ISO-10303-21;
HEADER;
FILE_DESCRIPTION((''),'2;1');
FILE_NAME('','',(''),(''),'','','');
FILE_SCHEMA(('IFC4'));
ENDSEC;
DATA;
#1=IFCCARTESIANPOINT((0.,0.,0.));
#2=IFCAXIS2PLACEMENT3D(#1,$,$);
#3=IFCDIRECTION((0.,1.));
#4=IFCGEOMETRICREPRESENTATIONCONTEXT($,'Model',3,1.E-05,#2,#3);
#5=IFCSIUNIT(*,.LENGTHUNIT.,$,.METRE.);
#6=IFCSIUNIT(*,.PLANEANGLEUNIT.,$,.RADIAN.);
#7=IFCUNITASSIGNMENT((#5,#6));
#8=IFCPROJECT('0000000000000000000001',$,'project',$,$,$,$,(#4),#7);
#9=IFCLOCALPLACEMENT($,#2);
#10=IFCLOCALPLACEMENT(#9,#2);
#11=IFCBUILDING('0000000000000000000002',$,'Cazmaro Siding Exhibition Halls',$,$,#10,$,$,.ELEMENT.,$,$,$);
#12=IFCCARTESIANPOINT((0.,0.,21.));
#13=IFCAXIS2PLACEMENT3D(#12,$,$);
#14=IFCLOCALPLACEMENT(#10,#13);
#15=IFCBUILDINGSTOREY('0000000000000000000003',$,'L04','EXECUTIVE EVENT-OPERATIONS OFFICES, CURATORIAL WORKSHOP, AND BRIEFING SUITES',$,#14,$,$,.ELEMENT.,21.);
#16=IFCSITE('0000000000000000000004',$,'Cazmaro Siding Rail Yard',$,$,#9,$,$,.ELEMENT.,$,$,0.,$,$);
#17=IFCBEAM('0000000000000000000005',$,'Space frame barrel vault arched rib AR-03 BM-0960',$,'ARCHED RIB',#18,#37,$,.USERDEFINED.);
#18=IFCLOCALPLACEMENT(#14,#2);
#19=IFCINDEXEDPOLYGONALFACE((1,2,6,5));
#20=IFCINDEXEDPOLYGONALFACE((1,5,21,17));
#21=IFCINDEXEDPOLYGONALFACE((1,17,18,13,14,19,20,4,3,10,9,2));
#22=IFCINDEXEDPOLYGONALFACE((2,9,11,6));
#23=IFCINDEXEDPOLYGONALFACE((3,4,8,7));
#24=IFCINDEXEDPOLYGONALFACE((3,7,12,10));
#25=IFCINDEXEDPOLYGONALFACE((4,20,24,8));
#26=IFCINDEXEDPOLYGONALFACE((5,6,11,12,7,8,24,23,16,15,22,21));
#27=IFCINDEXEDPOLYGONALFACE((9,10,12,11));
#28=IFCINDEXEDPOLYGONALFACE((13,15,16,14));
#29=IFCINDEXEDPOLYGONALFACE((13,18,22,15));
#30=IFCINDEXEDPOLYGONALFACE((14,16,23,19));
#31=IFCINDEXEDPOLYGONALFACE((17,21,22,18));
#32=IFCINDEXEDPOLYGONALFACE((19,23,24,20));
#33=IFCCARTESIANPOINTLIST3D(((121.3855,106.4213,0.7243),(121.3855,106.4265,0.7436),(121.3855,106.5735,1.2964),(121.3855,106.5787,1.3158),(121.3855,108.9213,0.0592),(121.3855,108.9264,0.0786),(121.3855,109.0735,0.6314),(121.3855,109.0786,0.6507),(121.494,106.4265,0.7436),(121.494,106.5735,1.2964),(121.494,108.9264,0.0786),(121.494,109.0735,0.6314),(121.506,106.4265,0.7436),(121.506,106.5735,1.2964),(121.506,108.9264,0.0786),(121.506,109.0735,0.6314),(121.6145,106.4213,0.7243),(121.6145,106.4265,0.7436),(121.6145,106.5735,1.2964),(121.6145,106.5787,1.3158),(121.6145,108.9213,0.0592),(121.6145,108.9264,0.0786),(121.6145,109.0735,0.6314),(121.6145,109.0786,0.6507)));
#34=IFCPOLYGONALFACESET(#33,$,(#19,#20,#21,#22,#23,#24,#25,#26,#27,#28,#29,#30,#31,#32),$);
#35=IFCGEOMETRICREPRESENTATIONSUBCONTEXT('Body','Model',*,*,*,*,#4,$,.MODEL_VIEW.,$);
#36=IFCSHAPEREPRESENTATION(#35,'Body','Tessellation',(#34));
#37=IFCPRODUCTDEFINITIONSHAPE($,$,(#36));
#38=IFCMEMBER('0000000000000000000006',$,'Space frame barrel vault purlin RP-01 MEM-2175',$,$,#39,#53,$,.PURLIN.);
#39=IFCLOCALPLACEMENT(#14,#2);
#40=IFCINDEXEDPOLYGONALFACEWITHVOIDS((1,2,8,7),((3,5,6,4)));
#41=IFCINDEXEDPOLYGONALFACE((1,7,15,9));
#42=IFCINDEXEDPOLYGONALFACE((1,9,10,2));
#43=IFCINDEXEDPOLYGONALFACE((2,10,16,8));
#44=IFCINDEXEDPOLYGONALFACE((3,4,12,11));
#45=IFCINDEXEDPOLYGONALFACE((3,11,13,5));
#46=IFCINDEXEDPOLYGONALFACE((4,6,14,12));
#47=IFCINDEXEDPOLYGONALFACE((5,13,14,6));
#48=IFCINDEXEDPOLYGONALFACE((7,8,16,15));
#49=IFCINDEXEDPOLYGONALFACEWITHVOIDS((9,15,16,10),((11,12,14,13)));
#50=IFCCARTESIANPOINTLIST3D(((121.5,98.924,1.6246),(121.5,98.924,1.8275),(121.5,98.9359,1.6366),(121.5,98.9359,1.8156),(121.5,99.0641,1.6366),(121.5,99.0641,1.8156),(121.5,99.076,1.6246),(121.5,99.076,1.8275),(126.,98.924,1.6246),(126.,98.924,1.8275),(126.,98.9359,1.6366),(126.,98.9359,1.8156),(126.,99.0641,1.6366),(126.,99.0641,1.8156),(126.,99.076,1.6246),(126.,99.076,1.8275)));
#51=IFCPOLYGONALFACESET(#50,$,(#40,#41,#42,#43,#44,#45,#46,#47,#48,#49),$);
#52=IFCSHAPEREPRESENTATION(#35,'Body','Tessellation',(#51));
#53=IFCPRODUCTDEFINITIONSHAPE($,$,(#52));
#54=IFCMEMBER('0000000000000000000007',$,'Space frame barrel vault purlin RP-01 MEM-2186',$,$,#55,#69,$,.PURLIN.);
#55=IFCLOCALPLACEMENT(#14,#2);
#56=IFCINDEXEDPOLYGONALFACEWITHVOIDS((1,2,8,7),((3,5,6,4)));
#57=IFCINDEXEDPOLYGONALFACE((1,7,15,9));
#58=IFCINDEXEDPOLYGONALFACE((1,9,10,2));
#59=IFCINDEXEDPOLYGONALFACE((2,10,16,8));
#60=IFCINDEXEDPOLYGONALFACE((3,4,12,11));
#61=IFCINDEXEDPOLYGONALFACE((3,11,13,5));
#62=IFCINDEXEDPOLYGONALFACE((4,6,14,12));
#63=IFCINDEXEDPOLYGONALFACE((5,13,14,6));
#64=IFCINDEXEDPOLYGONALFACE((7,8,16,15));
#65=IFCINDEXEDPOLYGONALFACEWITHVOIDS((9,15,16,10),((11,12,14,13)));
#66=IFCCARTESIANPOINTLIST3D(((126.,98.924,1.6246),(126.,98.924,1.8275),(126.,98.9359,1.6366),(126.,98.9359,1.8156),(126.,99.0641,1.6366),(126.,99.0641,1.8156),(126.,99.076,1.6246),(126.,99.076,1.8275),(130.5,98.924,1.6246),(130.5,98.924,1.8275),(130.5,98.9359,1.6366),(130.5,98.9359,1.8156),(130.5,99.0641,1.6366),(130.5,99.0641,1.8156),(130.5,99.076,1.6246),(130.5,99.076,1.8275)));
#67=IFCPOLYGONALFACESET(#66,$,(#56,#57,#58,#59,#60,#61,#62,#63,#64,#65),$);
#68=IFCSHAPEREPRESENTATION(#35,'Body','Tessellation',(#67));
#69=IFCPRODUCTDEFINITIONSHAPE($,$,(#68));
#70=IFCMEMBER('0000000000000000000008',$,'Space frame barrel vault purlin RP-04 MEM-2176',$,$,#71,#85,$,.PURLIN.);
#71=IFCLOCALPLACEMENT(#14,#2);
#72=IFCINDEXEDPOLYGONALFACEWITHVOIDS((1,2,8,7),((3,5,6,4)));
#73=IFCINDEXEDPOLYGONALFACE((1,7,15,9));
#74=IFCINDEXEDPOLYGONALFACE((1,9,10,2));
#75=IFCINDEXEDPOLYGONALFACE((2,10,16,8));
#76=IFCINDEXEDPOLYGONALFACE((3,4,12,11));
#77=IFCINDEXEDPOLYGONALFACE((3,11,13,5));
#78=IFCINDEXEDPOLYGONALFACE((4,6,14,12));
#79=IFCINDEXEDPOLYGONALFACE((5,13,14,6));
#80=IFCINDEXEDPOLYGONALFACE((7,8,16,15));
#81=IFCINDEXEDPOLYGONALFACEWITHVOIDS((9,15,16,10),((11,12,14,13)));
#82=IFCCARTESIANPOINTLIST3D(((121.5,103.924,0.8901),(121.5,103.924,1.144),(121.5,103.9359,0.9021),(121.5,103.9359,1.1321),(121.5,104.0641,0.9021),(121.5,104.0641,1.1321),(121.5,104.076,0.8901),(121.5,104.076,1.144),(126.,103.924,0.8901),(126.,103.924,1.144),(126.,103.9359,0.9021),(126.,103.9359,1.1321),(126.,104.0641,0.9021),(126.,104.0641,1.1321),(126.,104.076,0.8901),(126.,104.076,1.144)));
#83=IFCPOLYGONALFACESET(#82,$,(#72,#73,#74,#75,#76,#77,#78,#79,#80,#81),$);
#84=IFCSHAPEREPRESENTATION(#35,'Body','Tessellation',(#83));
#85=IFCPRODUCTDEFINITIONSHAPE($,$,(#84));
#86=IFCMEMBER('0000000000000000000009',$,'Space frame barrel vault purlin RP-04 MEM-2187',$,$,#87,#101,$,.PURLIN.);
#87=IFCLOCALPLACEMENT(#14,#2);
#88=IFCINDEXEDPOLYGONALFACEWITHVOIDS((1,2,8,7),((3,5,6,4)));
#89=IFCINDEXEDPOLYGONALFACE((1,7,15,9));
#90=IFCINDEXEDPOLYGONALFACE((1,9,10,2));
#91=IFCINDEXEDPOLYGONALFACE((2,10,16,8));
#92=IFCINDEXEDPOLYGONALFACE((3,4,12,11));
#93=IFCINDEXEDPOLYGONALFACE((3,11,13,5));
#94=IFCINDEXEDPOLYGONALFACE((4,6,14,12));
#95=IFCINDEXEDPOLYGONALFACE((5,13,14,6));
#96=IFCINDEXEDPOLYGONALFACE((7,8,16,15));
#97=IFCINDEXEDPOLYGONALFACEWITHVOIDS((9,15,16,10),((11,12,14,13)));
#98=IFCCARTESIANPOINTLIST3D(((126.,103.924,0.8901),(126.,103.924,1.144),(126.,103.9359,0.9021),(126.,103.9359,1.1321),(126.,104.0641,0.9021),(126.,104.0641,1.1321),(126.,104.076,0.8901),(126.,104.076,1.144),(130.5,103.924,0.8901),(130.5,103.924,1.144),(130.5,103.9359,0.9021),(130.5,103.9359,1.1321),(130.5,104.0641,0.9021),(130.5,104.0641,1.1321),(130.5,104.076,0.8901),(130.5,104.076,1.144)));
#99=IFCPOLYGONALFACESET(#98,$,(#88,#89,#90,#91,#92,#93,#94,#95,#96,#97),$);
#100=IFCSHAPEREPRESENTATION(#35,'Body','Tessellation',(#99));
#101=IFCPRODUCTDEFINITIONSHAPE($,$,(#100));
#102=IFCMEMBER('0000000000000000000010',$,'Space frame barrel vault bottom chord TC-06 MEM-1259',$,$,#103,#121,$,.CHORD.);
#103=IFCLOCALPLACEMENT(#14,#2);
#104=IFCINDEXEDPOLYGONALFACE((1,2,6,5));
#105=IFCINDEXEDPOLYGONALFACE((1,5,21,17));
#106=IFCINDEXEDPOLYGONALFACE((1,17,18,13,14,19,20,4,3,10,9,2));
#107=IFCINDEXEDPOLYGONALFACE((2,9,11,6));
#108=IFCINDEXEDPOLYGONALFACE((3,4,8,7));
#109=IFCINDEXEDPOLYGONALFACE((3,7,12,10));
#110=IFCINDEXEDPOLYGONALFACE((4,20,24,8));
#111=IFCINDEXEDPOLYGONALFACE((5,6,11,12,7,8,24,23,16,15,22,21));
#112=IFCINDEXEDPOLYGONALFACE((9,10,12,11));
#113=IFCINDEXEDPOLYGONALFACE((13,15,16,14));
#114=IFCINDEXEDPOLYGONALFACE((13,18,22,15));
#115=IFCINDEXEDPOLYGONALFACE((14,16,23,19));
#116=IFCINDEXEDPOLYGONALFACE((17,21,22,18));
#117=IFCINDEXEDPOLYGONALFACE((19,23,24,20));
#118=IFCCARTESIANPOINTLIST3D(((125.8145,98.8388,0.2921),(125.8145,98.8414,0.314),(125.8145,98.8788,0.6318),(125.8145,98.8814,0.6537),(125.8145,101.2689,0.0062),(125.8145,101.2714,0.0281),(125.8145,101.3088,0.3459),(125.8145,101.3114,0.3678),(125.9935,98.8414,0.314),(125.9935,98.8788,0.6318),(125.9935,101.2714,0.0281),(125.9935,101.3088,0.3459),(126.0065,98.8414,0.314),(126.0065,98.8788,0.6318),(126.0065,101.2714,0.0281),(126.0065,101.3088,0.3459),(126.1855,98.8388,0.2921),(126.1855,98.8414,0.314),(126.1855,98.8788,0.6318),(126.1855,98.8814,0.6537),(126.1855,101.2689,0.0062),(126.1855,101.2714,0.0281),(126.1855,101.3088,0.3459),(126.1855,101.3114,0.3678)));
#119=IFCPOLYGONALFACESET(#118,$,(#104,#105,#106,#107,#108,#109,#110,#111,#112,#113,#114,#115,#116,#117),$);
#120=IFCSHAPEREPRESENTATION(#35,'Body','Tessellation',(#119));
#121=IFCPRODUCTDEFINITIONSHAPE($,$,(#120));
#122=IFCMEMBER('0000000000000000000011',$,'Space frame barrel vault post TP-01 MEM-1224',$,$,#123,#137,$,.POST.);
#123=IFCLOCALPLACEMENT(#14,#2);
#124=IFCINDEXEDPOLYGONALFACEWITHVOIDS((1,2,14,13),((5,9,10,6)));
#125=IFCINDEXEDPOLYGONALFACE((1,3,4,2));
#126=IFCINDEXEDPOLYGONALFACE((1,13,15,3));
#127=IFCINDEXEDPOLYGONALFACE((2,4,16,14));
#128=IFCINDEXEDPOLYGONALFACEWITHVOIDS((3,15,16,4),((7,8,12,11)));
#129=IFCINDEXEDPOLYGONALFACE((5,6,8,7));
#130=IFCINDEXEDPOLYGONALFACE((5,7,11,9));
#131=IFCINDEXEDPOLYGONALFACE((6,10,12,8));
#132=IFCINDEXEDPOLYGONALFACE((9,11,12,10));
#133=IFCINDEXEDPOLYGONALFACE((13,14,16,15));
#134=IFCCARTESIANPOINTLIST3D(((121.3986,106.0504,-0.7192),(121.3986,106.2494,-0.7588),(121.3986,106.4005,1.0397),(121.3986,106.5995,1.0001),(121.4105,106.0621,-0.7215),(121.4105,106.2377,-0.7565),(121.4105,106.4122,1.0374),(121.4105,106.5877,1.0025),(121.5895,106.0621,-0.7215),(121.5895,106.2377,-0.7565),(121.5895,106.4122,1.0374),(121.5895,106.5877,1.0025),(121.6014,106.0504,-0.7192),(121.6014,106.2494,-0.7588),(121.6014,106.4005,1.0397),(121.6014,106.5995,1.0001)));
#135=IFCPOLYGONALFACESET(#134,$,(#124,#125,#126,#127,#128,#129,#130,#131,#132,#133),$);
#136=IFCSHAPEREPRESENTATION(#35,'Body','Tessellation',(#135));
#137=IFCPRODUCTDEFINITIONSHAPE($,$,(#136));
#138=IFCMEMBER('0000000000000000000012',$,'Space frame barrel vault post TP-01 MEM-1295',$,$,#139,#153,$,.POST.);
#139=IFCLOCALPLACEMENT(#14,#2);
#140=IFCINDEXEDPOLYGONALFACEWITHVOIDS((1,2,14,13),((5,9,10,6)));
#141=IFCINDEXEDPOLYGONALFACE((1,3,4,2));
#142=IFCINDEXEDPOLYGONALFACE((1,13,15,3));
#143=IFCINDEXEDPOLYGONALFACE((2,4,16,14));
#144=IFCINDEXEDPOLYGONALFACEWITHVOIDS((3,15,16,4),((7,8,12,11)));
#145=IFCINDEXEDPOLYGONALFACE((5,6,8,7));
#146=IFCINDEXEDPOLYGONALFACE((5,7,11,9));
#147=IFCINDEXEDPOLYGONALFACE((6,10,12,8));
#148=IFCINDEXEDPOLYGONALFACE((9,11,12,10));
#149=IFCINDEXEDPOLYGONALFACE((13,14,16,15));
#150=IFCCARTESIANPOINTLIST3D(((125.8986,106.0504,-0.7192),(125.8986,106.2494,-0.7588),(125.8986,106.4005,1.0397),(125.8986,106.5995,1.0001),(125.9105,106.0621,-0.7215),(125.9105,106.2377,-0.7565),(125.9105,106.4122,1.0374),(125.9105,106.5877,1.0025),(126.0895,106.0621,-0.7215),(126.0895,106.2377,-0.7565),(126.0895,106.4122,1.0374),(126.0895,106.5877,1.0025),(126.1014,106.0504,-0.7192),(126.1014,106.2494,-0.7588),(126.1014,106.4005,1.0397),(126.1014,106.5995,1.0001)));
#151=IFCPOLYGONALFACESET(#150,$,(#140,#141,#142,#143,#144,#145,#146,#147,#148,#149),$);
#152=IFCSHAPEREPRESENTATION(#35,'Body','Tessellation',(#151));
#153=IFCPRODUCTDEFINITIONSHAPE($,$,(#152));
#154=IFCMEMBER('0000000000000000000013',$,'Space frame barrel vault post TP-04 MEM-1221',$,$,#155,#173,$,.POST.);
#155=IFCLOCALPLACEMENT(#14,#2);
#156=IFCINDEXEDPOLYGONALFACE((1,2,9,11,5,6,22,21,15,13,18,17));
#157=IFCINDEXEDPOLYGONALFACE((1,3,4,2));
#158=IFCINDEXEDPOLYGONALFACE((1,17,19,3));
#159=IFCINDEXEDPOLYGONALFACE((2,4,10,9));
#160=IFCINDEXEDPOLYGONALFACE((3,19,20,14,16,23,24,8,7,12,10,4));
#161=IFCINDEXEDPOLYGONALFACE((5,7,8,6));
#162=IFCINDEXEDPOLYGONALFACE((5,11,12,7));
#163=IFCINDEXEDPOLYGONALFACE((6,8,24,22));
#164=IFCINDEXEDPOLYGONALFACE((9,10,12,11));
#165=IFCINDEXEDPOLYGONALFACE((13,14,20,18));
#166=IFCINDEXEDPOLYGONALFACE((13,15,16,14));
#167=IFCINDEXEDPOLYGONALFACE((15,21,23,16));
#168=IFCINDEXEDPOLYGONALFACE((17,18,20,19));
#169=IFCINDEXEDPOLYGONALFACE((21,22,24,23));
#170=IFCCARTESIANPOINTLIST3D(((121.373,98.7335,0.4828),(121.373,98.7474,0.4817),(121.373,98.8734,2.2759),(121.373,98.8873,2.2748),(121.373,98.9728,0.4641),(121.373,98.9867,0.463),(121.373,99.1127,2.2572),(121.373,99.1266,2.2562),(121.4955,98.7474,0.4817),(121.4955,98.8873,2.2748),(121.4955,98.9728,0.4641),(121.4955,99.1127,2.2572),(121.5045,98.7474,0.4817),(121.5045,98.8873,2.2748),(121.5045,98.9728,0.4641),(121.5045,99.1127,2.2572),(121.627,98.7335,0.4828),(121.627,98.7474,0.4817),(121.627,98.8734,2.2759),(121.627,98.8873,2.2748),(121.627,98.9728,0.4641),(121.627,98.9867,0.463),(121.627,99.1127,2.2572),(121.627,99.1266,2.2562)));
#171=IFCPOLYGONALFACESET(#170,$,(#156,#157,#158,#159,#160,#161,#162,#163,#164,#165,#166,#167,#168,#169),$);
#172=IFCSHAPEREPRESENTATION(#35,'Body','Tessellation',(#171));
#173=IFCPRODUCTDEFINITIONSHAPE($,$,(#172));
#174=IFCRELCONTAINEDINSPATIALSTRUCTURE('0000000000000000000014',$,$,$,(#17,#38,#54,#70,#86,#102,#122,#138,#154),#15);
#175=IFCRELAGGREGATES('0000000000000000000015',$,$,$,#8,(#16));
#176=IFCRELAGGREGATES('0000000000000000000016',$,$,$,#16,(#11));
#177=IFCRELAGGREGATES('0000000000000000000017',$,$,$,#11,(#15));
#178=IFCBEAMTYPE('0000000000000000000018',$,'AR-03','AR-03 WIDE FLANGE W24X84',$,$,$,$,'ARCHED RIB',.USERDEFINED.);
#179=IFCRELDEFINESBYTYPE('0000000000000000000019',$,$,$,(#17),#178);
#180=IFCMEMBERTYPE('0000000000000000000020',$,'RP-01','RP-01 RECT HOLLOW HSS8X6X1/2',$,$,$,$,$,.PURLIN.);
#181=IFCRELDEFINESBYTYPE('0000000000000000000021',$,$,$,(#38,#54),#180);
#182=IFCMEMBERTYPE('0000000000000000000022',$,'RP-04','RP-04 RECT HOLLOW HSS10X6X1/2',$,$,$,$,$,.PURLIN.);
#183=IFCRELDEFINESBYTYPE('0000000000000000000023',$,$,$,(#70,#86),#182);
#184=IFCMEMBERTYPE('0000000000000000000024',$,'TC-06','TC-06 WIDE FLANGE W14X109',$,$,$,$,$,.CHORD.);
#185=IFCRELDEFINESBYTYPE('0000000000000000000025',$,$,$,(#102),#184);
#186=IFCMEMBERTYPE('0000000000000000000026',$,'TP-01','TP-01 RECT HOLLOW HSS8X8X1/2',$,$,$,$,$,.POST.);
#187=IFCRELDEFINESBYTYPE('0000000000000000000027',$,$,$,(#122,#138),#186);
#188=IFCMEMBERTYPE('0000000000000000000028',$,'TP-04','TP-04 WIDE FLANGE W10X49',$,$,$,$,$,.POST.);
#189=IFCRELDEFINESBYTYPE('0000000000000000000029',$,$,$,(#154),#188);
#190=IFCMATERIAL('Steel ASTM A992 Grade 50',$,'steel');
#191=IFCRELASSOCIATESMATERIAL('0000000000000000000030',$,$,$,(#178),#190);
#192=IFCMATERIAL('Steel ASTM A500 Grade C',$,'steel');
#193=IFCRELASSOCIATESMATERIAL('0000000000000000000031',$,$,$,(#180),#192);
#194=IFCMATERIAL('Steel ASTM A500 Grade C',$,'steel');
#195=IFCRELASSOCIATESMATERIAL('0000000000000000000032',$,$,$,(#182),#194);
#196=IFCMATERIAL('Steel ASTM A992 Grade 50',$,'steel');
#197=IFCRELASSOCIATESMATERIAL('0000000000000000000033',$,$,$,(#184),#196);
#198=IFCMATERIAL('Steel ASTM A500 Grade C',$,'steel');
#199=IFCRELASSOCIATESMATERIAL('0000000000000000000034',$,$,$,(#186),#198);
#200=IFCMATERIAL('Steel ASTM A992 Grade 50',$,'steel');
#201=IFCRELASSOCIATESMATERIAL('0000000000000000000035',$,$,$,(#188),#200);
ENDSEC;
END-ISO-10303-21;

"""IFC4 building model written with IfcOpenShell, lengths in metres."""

from ifc_helpers import new_model, si_unit, direction, frame, origin, origin_2d, place, context, subcontext, project, spatial, hollow_rectangle, i_section, extrude, material, material_profile, profile_set, type_object, element, save


model = new_model("IFC4")

# Units and contexts
model_context = context("Model", 3, precision=1e-05, world=origin(), true_north=direction((0.0, 1.0)))
body_context = subcontext(model_context, "Body", "Model", "MODEL_VIEW")
ifc_project = project(units=[si_unit("LENGTHUNIT", "METRE"), si_unit("PLANEANGLEUNIT", "RADIAN")], contexts=[model_context])

# Site, building, storey
site_placement = place(None, origin())
site = spatial("IfcSite", under=ifc_project, at=site_placement, Name="Cazmaro Siding Rail Yard", CompositionType="ELEMENT", RefElevation=0.0)
building_placement = place(site_placement, origin())
building = spatial("IfcBuilding", under=site, at=building_placement, Name="Cazmaro Siding Exhibition Halls", CompositionType="ELEMENT")
storey_placement = place(building_placement, frame((0.0, 0.0, 21.0)))
storey = spatial("IfcBuildingStorey", under=building, at=storey_placement, Name="L04", Description="EXECUTIVE EVENT-OPERATIONS OFFICES, CURATORIAL WORKSHOP, AND BRIEFING SUITES", CompositionType="ELEMENT", Elevation=21.0)

# Beam
ifc_material_1 = material(Name="Steel ASTM A992 Grade 50", Category="steel")
ifc_material_profile_1 = material_profile(ifc_material_1, i_section(OverallWidth=0.229, OverallDepth=0.6121, WebThickness=0.012, FlangeThickness=0.02, at=origin_2d()), Name="W24X84")
ifc_profile_set_1 = profile_set([ifc_material_profile_1], Name="Steel ASTM A992 Grade 50")
beam_type_1 = type_object("IfcBeamType", Name="AR-03", Description="AR-03 WIDE FLANGE W24X84", ElementType="ARCHED RIB", PredefinedType="USERDEFINED", material=ifc_profile_set_1)
beam_1_placement = place(storey_placement, frame((121.5, 106.5, 1.02), z_axis=(0.0, 0.966391, -0.257075), x_axis=(-1.0, 0.0, 0.0)))
element("IfcBeam", 1, at=beam_1_placement, inside=storey, type_object=beam_type_1, Name="Space frame barrel vault arched rib AR-03 BM-0960", ObjectType="ARCHED RIB", PredefinedType="USERDEFINED", context=body_context, shape_type="SweptSolid", body=[
    extrude(i_section(OverallWidth=0.229, OverallDepth=0.6121, WebThickness=0.012, FlangeThickness=0.02, at=origin_2d()), origin(), (0.0, 0.0, 1.0), 2.5869),
])

# Members
ifc_material_2 = material(Name="Steel ASTM A500 Grade C", Category="steel")
ifc_material_profile_2 = material_profile(ifc_material_2, hollow_rectangle(XDim=0.1521, YDim=0.2029, WallThickness=0.012, at=origin_2d()), Name="HSS8X6X1/2")
ifc_profile_set_2 = profile_set([ifc_material_profile_2], Name="Steel ASTM A500 Grade C")
member_type_1 = type_object("IfcMemberType", Name="RP-01", Description="RP-01 RECT HOLLOW HSS8X6X1/2", PredefinedType="PURLIN", material=ifc_profile_set_2)
for number, where, z_axis, x_axis, name in (
    (2, (121.5, 99.0, 1.7261), (1.0, 0.0, 0.0), (0.0, 1.0, 0.0), "Space frame barrel vault purlin RP-01 MEM-2175"),
    (3, (126.0, 99.0, 1.7261), (1.0, 0.0, 0.0), (0.0, 1.0, 0.0), "Space frame barrel vault purlin RP-01 MEM-2186"),
):
    element("IfcMember", number, at=place(storey_placement, frame(where, z_axis=z_axis, x_axis=x_axis)), inside=storey, type_object=member_type_1, Name=name, PredefinedType="PURLIN", context=body_context, shape_type="SweptSolid", body=[
        extrude(hollow_rectangle(XDim=0.1521, YDim=0.2029, WallThickness=0.012, at=origin_2d()), origin(), (0.0, 0.0, 1.0), 4.5),
    ])
ifc_material_3 = material(Name="Steel ASTM A500 Grade C", Category="steel")
ifc_material_profile_3 = material_profile(ifc_material_3, hollow_rectangle(XDim=0.1521, YDim=0.2539, WallThickness=0.012, at=origin_2d()), Name="HSS10X6X1/2")
ifc_profile_set_3 = profile_set([ifc_material_profile_3], Name="Steel ASTM A500 Grade C")
member_type_2 = type_object("IfcMemberType", Name="RP-04", Description="RP-04 RECT HOLLOW HSS10X6X1/2", PredefinedType="PURLIN", material=ifc_profile_set_3)
for number, where, z_axis, x_axis, name in (
    (4, (121.5, 104.0, 1.0171), (1.0, 0.0, 0.0), (0.0, 1.0, 0.0), "Space frame barrel vault purlin RP-04 MEM-2176"),
    (5, (126.0, 104.0, 1.0171), (1.0, 0.0, 0.0), (0.0, 1.0, 0.0), "Space frame barrel vault purlin RP-04 MEM-2187"),
):
    element("IfcMember", number, at=place(storey_placement, frame(where, z_axis=z_axis, x_axis=x_axis)), inside=storey, type_object=member_type_2, Name=name, PredefinedType="PURLIN", context=body_context, shape_type="SweptSolid", body=[
        extrude(hollow_rectangle(XDim=0.1521, YDim=0.2539, WallThickness=0.012, at=origin_2d()), origin(), (0.0, 0.0, 1.0), 4.5),
    ])
ifc_material_4 = material(Name="Steel ASTM A992 Grade 50", Category="steel")
ifc_material_profile_4 = material_profile(ifc_material_4, i_section(OverallWidth=0.3711, OverallDepth=0.364, WebThickness=0.0129, FlangeThickness=0.022, at=origin_2d()), Name="W14X109")
ifc_profile_set_4 = profile_set([ifc_material_profile_4], Name="Steel ASTM A992 Grade 50")
member_type_3 = type_object("IfcMemberType", Name="TC-06", Description="TC-06 WIDE FLANGE W14X109", PredefinedType="CHORD", material=ifc_profile_set_4)
member_1_placement = place(storey_placement, frame((126.0, 98.8601, 0.4729), z_axis=(0.0, 0.99315, -0.116847), x_axis=(-1.0, 0.0, 0.0)))
element("IfcMember", 6, at=member_1_placement, inside=storey, type_object=member_type_3, Name="Space frame barrel vault bottom chord TC-06 MEM-1259", PredefinedType="CHORD", context=body_context, shape_type="SweptSolid", body=[
    extrude(i_section(OverallWidth=0.3711, OverallDepth=0.364, WebThickness=0.0129, FlangeThickness=0.022, at=origin_2d()), origin(), (0.0, 0.0, 1.0), 2.4468),
])
ifc_material_5 = material(Name="Steel ASTM A500 Grade C", Category="steel")
ifc_material_profile_5 = material_profile(ifc_material_5, hollow_rectangle(XDim=0.2029, YDim=0.2029, WallThickness=0.012, at=origin_2d()), Name="HSS8X8X1/2")
ifc_profile_set_5 = profile_set([ifc_material_profile_5], Name="Steel ASTM A500 Grade C")
member_type_4 = type_object("IfcMemberType", Name="TP-01", Description="TP-01 RECT HOLLOW HSS8X8X1/2", PredefinedType="POST", material=ifc_profile_set_5)
for number, where, z_axis, x_axis, name in (
    (7, (121.5, 106.1499, -0.739), (0.0, 0.1952, 0.980763), (-1.0, 0.0, 0.0), "Space frame barrel vault post TP-01 MEM-1224"),
    (8, (126.0, 106.1499, -0.739), (0.0, 0.1952, 0.980763), (-1.0, 0.0, 0.0), "Space frame barrel vault post TP-01 MEM-1295"),
):
    element("IfcMember", number, at=place(storey_placement, frame(where, z_axis=z_axis, x_axis=x_axis)), inside=storey, type_object=member_type_4, Name=name, PredefinedType="POST", context=body_context, shape_type="SweptSolid", body=[
        extrude(hollow_rectangle(XDim=0.2029, YDim=0.2029, WallThickness=0.012, at=origin_2d()), origin(), (0.0, 0.0, 1.0), 1.7935),
    ])
ifc_material_6 = material(Name="Steel ASTM A992 Grade 50", Category="steel")
ifc_material_profile_6 = material_profile(ifc_material_6, i_section(OverallWidth=0.2539, OverallDepth=0.2539, WebThickness=0.009, FlangeThickness=0.0139, at=origin_2d()), Name="W10X49")
ifc_profile_set_6 = profile_set([ifc_material_profile_6], Name="Steel ASTM A992 Grade 50")
member_type_5 = type_object("IfcMemberType", Name="TP-04", Description="TP-04 WIDE FLANGE W10X49", PredefinedType="POST", material=ifc_profile_set_6)
member_2_placement = place(storey_placement, frame((121.5, 98.8601, 0.4729), z_axis=(0.0, 0.077776, 0.996971), x_axis=(-1.0, 0.0, 0.0)))
element("IfcMember", 9, at=member_2_placement, inside=storey, type_object=member_type_5, Name="Space frame barrel vault post TP-04 MEM-1221", PredefinedType="POST", context=body_context, shape_type="SweptSolid", body=[
    extrude(i_section(OverallWidth=0.2539, OverallDepth=0.2539, WebThickness=0.009, FlangeThickness=0.0139, at=origin_2d()), origin(), (0.0, 0.0, 1.0), 1.7986),
])

save(model, "model.ifc")
